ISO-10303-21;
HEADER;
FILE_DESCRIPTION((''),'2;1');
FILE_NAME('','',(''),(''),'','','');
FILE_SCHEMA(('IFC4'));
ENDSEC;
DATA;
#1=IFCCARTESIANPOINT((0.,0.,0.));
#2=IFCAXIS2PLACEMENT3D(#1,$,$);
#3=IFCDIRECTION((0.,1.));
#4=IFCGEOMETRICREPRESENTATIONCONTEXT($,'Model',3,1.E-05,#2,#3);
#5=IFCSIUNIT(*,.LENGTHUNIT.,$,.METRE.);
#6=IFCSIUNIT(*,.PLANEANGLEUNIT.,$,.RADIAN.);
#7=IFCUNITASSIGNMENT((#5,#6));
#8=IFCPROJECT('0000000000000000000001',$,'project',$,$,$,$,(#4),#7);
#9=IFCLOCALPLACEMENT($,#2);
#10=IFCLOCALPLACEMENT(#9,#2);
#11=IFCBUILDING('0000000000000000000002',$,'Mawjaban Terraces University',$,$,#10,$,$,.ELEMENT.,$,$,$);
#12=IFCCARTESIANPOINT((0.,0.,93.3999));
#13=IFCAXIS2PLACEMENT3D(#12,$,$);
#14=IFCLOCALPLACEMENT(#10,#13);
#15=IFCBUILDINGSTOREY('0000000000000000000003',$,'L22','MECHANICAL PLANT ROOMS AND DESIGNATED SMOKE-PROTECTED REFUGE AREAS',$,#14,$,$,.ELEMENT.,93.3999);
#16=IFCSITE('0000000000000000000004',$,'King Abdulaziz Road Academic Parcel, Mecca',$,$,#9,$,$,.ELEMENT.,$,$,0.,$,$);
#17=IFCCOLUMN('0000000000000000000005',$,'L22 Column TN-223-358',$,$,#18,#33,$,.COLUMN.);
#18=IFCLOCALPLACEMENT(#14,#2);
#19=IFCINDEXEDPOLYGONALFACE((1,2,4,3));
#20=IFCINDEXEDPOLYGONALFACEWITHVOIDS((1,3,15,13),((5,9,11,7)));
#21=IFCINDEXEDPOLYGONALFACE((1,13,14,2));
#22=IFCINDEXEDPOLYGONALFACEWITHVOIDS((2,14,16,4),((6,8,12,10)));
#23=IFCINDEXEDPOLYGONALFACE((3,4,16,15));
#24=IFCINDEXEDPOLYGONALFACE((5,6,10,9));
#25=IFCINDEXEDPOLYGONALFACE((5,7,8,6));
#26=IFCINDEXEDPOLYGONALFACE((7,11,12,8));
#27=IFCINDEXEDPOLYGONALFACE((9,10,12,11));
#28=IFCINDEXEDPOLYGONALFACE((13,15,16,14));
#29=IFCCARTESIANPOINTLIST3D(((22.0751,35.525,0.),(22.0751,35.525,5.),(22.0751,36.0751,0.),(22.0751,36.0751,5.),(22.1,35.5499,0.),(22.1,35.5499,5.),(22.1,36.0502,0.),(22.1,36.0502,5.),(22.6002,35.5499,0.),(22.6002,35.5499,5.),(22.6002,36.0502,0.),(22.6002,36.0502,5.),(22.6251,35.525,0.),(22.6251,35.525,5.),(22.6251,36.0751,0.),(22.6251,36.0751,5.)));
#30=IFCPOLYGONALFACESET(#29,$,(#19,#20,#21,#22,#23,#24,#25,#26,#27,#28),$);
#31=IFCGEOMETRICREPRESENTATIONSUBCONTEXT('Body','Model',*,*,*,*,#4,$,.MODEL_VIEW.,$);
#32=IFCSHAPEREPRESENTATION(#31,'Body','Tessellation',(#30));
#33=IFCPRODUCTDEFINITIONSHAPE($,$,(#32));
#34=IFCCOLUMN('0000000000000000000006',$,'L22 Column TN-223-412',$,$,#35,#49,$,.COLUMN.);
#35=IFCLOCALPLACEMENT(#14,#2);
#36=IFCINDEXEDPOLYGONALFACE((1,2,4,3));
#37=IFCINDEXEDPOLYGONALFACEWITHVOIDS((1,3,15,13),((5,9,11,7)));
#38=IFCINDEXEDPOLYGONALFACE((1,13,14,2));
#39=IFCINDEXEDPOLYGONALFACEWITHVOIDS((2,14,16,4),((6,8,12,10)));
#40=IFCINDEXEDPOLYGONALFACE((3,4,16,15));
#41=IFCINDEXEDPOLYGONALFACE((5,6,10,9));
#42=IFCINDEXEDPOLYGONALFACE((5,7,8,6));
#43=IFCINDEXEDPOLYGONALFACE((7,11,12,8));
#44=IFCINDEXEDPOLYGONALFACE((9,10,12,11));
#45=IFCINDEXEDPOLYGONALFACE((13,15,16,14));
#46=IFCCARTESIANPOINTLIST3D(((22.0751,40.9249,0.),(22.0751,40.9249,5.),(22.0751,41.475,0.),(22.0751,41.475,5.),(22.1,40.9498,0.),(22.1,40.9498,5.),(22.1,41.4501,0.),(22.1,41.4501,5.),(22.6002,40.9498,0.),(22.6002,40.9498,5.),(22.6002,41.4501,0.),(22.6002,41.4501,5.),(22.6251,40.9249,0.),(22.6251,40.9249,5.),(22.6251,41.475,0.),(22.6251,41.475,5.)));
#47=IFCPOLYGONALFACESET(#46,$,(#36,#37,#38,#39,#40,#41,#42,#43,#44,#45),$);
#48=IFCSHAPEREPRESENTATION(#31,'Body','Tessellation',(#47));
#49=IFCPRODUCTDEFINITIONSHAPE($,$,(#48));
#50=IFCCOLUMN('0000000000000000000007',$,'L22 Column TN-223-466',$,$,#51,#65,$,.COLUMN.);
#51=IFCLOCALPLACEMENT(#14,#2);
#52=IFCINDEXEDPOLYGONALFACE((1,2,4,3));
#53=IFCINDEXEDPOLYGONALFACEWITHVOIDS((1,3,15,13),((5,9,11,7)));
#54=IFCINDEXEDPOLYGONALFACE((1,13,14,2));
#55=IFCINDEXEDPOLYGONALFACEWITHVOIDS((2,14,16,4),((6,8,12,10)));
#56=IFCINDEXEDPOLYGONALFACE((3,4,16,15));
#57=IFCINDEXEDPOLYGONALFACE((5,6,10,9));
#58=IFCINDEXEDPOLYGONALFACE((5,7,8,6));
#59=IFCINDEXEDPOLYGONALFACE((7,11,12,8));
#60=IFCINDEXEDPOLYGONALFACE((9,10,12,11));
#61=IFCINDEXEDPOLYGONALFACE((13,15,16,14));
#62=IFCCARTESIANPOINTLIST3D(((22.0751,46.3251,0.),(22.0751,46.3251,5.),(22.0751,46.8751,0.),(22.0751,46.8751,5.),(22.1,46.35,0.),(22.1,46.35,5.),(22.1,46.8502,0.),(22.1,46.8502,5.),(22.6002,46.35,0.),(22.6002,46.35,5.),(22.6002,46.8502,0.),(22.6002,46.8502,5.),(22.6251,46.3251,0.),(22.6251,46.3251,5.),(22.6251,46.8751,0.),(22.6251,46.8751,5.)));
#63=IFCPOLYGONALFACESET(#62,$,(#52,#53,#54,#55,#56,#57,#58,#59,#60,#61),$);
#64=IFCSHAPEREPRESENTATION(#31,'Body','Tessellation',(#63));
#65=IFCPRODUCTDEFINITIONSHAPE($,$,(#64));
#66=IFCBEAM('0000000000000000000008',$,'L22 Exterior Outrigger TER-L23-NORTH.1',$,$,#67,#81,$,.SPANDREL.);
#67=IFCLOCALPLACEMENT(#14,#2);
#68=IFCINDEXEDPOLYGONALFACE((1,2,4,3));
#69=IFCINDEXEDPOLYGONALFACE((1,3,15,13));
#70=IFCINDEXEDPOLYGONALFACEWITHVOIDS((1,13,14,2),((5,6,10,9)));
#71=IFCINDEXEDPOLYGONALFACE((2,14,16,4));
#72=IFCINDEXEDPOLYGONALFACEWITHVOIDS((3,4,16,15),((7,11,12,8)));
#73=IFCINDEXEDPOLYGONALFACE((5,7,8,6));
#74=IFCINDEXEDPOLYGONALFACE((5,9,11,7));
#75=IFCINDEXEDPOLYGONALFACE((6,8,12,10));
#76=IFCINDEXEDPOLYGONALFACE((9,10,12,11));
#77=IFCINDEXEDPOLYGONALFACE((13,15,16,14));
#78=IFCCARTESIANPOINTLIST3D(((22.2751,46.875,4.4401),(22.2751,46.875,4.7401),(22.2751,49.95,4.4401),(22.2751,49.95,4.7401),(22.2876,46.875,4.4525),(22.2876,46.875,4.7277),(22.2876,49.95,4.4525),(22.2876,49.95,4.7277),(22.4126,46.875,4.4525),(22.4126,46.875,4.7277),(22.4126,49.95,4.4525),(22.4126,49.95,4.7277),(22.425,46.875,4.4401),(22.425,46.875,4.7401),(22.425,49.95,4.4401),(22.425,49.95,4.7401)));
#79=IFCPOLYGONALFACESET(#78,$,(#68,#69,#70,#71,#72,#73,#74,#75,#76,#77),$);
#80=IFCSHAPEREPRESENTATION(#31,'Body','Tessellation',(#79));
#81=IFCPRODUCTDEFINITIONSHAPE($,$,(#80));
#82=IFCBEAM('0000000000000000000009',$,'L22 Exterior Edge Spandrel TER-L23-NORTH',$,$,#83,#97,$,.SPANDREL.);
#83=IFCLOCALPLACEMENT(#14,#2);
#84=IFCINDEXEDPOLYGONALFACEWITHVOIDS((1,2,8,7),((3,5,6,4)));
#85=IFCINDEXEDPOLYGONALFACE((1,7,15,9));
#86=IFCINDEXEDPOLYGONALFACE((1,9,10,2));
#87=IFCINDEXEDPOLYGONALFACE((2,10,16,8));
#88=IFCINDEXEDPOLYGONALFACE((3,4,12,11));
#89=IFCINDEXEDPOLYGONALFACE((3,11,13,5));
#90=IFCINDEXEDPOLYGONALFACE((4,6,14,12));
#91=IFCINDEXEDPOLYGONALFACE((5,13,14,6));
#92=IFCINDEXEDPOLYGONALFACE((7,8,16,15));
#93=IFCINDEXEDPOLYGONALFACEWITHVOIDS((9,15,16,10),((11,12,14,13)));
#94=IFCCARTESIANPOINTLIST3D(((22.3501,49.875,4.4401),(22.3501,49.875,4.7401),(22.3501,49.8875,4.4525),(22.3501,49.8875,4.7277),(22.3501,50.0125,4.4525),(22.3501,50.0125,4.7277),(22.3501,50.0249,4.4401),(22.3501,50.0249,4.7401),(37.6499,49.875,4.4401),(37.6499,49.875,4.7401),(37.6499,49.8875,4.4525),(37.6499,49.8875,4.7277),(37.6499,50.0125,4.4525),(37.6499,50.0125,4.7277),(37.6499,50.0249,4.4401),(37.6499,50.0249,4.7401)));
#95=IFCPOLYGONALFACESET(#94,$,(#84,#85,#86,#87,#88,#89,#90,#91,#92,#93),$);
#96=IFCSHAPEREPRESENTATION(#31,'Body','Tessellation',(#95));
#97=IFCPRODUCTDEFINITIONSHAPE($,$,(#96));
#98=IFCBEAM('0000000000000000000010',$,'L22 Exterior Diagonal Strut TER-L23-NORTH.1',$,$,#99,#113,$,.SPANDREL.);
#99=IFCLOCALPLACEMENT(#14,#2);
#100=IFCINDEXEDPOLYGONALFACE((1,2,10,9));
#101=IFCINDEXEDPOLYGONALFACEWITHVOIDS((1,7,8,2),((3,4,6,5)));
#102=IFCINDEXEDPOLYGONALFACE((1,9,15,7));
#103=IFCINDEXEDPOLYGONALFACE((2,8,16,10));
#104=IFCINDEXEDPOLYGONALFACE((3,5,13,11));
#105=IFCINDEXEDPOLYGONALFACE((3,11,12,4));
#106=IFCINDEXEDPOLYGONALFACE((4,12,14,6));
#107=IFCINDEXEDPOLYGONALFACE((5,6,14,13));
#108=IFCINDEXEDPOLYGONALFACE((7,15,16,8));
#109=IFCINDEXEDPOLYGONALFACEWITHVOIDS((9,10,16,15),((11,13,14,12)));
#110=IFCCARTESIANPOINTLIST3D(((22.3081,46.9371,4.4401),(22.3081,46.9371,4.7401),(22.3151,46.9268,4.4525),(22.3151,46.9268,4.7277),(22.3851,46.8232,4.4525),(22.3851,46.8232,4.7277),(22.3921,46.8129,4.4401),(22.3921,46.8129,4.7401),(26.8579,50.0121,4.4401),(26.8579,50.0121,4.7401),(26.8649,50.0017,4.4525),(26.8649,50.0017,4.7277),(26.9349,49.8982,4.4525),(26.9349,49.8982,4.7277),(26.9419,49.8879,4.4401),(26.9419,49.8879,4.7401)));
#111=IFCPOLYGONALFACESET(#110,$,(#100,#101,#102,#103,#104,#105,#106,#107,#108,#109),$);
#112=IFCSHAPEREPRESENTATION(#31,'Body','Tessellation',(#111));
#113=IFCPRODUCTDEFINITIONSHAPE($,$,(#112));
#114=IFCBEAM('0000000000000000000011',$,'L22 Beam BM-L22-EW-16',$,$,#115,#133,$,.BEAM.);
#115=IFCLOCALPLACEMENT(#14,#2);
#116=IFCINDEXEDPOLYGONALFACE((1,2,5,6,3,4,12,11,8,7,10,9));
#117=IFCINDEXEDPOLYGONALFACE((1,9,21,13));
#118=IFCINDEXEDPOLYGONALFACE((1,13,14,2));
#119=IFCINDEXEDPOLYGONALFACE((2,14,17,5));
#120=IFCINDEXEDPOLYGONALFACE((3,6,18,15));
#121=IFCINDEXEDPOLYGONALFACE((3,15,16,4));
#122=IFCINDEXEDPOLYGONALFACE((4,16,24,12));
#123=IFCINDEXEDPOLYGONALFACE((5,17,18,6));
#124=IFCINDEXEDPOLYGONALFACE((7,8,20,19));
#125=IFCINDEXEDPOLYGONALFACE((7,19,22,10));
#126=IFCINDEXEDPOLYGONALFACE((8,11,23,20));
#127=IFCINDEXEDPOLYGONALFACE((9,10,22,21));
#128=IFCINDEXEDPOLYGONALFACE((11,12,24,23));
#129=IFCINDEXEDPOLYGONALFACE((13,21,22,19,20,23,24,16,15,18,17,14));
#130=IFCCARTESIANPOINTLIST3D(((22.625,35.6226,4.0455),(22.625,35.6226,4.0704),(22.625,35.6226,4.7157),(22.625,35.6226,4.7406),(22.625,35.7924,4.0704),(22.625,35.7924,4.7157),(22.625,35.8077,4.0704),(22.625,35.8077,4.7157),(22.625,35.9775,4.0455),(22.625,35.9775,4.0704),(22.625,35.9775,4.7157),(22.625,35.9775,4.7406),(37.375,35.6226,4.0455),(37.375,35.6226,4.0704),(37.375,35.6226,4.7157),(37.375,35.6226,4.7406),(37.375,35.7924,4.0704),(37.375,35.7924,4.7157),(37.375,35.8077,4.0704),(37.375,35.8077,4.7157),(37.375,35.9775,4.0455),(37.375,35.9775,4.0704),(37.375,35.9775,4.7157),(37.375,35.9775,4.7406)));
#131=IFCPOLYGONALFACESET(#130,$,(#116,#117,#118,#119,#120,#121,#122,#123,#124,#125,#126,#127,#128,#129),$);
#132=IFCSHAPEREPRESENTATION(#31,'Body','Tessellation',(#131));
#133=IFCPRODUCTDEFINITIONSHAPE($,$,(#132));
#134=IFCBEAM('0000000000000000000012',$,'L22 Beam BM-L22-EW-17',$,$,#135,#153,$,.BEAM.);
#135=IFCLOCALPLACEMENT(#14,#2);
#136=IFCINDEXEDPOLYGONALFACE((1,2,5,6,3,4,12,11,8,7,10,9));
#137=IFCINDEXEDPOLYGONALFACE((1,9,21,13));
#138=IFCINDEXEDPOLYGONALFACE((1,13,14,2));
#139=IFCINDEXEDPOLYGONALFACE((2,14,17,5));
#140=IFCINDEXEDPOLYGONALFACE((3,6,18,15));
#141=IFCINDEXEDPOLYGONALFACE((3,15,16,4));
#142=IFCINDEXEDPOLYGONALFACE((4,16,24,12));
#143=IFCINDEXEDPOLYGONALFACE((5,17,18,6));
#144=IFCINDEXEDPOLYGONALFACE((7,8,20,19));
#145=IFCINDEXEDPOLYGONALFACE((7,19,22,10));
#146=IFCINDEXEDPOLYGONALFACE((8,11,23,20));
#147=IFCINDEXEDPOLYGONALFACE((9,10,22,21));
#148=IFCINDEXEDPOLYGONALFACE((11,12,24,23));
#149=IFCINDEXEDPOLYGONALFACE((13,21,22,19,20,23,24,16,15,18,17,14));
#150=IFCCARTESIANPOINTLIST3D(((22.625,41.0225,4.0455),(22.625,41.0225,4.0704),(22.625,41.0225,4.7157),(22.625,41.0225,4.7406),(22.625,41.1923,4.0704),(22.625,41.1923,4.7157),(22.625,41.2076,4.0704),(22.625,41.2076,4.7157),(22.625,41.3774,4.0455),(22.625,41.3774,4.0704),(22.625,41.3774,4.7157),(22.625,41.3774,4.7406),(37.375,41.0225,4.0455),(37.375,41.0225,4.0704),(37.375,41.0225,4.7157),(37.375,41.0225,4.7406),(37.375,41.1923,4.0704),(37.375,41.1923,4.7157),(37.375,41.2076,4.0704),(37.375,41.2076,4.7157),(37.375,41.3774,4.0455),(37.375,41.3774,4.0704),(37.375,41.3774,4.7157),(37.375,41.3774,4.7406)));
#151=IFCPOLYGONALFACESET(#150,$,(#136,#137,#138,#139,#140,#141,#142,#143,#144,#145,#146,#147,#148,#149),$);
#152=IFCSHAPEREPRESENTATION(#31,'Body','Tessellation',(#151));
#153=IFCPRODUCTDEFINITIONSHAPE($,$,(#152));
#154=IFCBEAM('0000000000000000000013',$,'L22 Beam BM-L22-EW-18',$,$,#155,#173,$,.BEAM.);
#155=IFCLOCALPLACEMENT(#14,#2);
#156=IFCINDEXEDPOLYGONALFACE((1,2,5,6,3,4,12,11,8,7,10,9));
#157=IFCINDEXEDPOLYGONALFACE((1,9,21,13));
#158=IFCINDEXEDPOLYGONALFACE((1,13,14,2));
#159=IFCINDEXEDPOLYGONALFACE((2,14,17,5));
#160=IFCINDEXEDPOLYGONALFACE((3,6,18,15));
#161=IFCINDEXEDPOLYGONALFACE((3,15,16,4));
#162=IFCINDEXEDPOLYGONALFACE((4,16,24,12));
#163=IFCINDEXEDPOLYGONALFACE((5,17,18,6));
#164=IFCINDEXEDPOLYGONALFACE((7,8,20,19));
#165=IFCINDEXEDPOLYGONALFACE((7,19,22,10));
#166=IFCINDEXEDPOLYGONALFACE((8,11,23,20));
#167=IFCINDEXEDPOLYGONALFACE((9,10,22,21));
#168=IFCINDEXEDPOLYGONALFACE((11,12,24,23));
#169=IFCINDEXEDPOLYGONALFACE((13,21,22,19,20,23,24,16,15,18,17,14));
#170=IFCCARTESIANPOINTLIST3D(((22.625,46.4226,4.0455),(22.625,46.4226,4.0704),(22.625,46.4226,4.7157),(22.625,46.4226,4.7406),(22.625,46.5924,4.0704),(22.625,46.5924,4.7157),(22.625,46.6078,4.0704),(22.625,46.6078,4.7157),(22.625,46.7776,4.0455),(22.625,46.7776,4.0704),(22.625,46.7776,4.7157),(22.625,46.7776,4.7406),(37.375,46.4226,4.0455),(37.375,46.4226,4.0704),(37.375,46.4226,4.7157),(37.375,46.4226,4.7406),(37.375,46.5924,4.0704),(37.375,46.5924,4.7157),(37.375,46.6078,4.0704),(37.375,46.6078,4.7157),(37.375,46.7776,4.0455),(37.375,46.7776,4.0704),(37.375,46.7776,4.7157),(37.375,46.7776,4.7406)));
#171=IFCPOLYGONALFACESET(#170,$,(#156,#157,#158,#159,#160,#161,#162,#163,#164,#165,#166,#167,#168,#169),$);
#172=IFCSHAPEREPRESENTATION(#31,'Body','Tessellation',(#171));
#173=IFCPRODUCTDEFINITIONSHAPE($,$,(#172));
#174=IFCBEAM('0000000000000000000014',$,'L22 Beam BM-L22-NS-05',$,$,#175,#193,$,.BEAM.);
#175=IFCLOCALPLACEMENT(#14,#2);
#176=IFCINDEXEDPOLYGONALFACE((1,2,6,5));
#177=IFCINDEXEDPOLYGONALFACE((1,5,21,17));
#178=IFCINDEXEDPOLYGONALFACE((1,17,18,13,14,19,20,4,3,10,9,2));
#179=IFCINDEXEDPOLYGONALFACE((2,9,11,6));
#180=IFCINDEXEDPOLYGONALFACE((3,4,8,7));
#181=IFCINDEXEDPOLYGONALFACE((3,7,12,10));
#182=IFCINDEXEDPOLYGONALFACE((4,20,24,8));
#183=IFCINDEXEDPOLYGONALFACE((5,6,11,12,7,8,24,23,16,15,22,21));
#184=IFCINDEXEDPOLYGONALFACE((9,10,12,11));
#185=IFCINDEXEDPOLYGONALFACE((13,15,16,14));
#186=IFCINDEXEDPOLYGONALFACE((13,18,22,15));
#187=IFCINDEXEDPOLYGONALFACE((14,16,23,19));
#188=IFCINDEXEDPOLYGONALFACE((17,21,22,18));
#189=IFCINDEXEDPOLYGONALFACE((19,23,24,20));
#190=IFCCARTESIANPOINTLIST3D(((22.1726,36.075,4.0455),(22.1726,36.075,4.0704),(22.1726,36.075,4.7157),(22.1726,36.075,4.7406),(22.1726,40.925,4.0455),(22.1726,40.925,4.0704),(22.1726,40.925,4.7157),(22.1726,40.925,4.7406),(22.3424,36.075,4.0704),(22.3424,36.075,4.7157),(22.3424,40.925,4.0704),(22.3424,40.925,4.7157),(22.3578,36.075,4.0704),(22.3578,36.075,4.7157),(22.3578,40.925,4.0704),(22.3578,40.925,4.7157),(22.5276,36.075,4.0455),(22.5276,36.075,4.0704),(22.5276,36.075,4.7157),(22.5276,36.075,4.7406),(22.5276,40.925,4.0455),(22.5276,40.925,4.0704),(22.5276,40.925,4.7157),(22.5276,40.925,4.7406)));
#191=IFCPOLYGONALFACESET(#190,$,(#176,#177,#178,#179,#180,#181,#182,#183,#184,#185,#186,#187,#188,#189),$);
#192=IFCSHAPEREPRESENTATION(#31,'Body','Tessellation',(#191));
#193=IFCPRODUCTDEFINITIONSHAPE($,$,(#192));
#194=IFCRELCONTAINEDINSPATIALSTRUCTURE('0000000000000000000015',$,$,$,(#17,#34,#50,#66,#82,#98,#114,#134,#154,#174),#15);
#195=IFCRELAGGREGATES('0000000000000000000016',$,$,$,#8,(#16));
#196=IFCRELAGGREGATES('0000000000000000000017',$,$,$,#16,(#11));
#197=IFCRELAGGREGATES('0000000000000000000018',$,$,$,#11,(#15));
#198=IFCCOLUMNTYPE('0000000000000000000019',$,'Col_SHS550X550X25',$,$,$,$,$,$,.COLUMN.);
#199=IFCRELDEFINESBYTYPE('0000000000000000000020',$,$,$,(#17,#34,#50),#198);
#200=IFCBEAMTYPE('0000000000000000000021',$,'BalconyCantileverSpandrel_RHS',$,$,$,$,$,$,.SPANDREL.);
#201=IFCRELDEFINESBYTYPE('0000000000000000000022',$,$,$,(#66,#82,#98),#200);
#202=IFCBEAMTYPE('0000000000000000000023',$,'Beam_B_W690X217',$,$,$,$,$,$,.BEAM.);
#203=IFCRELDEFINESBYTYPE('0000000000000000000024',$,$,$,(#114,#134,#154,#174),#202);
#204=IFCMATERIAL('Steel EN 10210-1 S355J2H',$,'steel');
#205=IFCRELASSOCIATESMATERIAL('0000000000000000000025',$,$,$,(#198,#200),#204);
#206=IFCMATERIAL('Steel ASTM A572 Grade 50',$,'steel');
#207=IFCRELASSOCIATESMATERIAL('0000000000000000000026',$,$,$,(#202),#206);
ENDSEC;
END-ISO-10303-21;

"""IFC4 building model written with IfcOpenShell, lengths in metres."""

from ifc_helpers import new_model, si_unit, direction, frame, origin, origin_2d, place, context, subcontext, project, spatial, hollow_rectangle, i_section, extrude, material, material_profile, profile_set, type_object, element, save


model = new_model("IFC4")

# Units and contexts
model_context = context("Model", 3, precision=1e-05, world=origin(), true_north=direction((0.0, 1.0)))
body_context = subcontext(model_context, "Body", "Model", "MODEL_VIEW")
ifc_project = project(units=[si_unit("LENGTHUNIT", "METRE"), si_unit("PLANEANGLEUNIT", "RADIAN")], contexts=[model_context])

# Site, building, storey
site_placement = place(None, origin())
site = spatial("IfcSite", under=ifc_project, at=site_placement, Name="King Abdulaziz Road Academic Parcel, Mecca", CompositionType="ELEMENT", RefElevation=0.0)
building_placement = place(site_placement, origin())
building = spatial("IfcBuilding", under=site, at=building_placement, Name="Mawjaban Terraces University", CompositionType="ELEMENT")
storey_placement = place(building_placement, frame((0.0, 0.0, 93.3999)))
storey = spatial("IfcBuildingStorey", under=building, at=storey_placement, Name="L22", Description="MECHANICAL PLANT ROOMS AND DESIGNATED SMOKE-PROTECTED REFUGE AREAS", CompositionType="ELEMENT", Elevation=93.3999)

# Columns
ifc_material_1 = material(Name="Steel EN 10210-1 S355J2H", Category="steel")
ifc_material_profile_1 = material_profile(ifc_material_1, hollow_rectangle(XDim=0.55, YDim=0.55, WallThickness=0.0249, at=origin_2d()), Name="SHS550X550X25")
ifc_profile_set_1 = profile_set([ifc_material_profile_1], Name="Steel EN 10210-1 S355J2H")
column_type = type_object("IfcColumnType", Name="Col_SHS550X550X25", PredefinedType="COLUMN", material=ifc_profile_set_1)
for number, where, z_axis, x_axis, name in (
    (1, (22.3501, 35.8, 0.0), (0.0, 0.0, 1.0), (1.0, 0.0, 0.0), "L22 Column TN-223-358"),
    (2, (22.3501, 41.2, 0.0), (0.0, 0.0, 1.0), (1.0, 0.0, 0.0), "L22 Column TN-223-412"),
    (3, (22.3501, 46.6001, 0.0), (0.0, 0.0, 1.0), (1.0, 0.0, 0.0), "L22 Column TN-223-466"),
):
    element("IfcColumn", number, at=place(storey_placement, frame(where, z_axis=z_axis, x_axis=x_axis)), inside=storey, type_object=column_type, Name=name, PredefinedType="COLUMN", context=body_context, shape_type="SweptSolid", body=[
        extrude(hollow_rectangle(XDim=0.55, YDim=0.55, WallThickness=0.0249, at=origin_2d()), origin(), (0.0, 0.0, 1.0), 5.0),
    ])

# Beams
ifc_material_profile_2 = material_profile(ifc_material_1, hollow_rectangle(XDim=0.1499, YDim=0.3, WallThickness=0.0125, at=origin_2d()), Name="RHS300X150X12.5")
ifc_profile_set_2 = profile_set([ifc_material_profile_2], Name="Steel EN 10210-1 S355J2H")
beam_type_1 = type_object("IfcBeamType", Name="BalconyCantileverSpandrel_RHS", PredefinedType="SPANDREL", material=ifc_profile_set_2)
beam_1_placement = place(storey_placement, frame((22.3501, 46.875, 4.5901), z_axis=(0.0, 1.0, 0.0), x_axis=(-1.0, 0.0, 0.0)))
element("IfcBeam", 4, at=beam_1_placement, inside=storey, type_object=beam_type_1, Name="L22 Exterior Outrigger TER-L23-NORTH.1", PredefinedType="SPANDREL", context=body_context, shape_type="SweptSolid", body=[
    extrude(hollow_rectangle(XDim=0.1499, YDim=0.3, WallThickness=0.0125, at=origin_2d()), origin(), (0.0, 0.0, 1.0), 3.075),
])
beam_2_placement = place(storey_placement, frame((22.3501, 49.95, 4.5901), z_axis=(1.0, 0.0, 0.0), x_axis=(0.0, 1.0, 0.0)))
element("IfcBeam", 5, at=beam_2_placement, inside=storey, type_object=beam_type_1, Name="L22 Exterior Edge Spandrel TER-L23-NORTH", PredefinedType="SPANDREL", context=body_context, shape_type="SweptSolid", body=[
    extrude(hollow_rectangle(XDim=0.1499, YDim=0.3, WallThickness=0.0125, at=origin_2d()), origin(), (0.0, 0.0, 1.0), 15.2998),
])
beam_3_placement = place(storey_placement, frame((22.3501, 46.875, 4.5901), z_axis=(0.828525, 0.559952, 0.0), x_axis=(-0.559952, 0.828525, 0.0)))
element("IfcBeam", 6, at=beam_3_placement, inside=storey, type_object=beam_type_1, Name="L22 Exterior Diagonal Strut TER-L23-NORTH.1", PredefinedType="SPANDREL", context=body_context, shape_type="SweptSolid", body=[
    extrude(hollow_rectangle(XDim=0.1499, YDim=0.3, WallThickness=0.0125, at=origin_2d()), origin(), (0.0, 0.0, 1.0), 5.4915),
])
ifc_material_2 = material(Name="Steel ASTM A572 Grade 50", Category="steel")
ifc_material_profile_3 = material_profile(ifc_material_2, i_section(OverallWidth=0.355, OverallDepth=0.6951, WebThickness=0.0154, FlangeThickness=0.0249, at=origin_2d()), Name="W690X217")
ifc_profile_set_3 = profile_set([ifc_material_profile_3], Name="Steel ASTM A572 Grade 50")
beam_type_2 = type_object("IfcBeamType", Name="Beam_B_W690X217", PredefinedType="BEAM", material=ifc_profile_set_3)
for number, where, z_axis, x_axis, name in (
    (7, (22.625, 35.8, 4.3931), (1.0, 0.0, 0.0), (0.0, 1.0, 0.0), "L22 Beam BM-L22-EW-16"),
    (8, (22.625, 41.2, 4.3931), (1.0, 0.0, 0.0), (0.0, 1.0, 0.0), "L22 Beam BM-L22-EW-17"),
    (9, (22.625, 46.6001, 4.3931), (1.0, 0.0, 0.0), (0.0, 1.0, 0.0), "L22 Beam BM-L22-EW-18"),
):
    element("IfcBeam", number, at=place(storey_placement, frame(where, z_axis=z_axis, x_axis=x_axis)), inside=storey, type_object=beam_type_2, Name=name, PredefinedType="BEAM", context=body_context, shape_type="SweptSolid", body=[
        extrude(i_section(OverallWidth=0.355, OverallDepth=0.6951, WebThickness=0.0154, FlangeThickness=0.0249, at=origin_2d()), origin(), (0.0, 0.0, 1.0), 14.75),
    ])
beam_4_placement = place(storey_placement, frame((22.3501, 36.075, 4.3931), z_axis=(0.0, 1.0, 0.0), x_axis=(-1.0, 0.0, 0.0)))
element("IfcBeam", 10, at=beam_4_placement, inside=storey, type_object=beam_type_2, Name="L22 Beam BM-L22-NS-05", PredefinedType="BEAM", context=body_context, shape_type="SweptSolid", body=[
    extrude(i_section(OverallWidth=0.355, OverallDepth=0.6951, WebThickness=0.0154, FlangeThickness=0.0249, at=origin_2d()), origin(), (0.0, 0.0, 1.0), 4.8501),
])

save(model, "model.ifc")
